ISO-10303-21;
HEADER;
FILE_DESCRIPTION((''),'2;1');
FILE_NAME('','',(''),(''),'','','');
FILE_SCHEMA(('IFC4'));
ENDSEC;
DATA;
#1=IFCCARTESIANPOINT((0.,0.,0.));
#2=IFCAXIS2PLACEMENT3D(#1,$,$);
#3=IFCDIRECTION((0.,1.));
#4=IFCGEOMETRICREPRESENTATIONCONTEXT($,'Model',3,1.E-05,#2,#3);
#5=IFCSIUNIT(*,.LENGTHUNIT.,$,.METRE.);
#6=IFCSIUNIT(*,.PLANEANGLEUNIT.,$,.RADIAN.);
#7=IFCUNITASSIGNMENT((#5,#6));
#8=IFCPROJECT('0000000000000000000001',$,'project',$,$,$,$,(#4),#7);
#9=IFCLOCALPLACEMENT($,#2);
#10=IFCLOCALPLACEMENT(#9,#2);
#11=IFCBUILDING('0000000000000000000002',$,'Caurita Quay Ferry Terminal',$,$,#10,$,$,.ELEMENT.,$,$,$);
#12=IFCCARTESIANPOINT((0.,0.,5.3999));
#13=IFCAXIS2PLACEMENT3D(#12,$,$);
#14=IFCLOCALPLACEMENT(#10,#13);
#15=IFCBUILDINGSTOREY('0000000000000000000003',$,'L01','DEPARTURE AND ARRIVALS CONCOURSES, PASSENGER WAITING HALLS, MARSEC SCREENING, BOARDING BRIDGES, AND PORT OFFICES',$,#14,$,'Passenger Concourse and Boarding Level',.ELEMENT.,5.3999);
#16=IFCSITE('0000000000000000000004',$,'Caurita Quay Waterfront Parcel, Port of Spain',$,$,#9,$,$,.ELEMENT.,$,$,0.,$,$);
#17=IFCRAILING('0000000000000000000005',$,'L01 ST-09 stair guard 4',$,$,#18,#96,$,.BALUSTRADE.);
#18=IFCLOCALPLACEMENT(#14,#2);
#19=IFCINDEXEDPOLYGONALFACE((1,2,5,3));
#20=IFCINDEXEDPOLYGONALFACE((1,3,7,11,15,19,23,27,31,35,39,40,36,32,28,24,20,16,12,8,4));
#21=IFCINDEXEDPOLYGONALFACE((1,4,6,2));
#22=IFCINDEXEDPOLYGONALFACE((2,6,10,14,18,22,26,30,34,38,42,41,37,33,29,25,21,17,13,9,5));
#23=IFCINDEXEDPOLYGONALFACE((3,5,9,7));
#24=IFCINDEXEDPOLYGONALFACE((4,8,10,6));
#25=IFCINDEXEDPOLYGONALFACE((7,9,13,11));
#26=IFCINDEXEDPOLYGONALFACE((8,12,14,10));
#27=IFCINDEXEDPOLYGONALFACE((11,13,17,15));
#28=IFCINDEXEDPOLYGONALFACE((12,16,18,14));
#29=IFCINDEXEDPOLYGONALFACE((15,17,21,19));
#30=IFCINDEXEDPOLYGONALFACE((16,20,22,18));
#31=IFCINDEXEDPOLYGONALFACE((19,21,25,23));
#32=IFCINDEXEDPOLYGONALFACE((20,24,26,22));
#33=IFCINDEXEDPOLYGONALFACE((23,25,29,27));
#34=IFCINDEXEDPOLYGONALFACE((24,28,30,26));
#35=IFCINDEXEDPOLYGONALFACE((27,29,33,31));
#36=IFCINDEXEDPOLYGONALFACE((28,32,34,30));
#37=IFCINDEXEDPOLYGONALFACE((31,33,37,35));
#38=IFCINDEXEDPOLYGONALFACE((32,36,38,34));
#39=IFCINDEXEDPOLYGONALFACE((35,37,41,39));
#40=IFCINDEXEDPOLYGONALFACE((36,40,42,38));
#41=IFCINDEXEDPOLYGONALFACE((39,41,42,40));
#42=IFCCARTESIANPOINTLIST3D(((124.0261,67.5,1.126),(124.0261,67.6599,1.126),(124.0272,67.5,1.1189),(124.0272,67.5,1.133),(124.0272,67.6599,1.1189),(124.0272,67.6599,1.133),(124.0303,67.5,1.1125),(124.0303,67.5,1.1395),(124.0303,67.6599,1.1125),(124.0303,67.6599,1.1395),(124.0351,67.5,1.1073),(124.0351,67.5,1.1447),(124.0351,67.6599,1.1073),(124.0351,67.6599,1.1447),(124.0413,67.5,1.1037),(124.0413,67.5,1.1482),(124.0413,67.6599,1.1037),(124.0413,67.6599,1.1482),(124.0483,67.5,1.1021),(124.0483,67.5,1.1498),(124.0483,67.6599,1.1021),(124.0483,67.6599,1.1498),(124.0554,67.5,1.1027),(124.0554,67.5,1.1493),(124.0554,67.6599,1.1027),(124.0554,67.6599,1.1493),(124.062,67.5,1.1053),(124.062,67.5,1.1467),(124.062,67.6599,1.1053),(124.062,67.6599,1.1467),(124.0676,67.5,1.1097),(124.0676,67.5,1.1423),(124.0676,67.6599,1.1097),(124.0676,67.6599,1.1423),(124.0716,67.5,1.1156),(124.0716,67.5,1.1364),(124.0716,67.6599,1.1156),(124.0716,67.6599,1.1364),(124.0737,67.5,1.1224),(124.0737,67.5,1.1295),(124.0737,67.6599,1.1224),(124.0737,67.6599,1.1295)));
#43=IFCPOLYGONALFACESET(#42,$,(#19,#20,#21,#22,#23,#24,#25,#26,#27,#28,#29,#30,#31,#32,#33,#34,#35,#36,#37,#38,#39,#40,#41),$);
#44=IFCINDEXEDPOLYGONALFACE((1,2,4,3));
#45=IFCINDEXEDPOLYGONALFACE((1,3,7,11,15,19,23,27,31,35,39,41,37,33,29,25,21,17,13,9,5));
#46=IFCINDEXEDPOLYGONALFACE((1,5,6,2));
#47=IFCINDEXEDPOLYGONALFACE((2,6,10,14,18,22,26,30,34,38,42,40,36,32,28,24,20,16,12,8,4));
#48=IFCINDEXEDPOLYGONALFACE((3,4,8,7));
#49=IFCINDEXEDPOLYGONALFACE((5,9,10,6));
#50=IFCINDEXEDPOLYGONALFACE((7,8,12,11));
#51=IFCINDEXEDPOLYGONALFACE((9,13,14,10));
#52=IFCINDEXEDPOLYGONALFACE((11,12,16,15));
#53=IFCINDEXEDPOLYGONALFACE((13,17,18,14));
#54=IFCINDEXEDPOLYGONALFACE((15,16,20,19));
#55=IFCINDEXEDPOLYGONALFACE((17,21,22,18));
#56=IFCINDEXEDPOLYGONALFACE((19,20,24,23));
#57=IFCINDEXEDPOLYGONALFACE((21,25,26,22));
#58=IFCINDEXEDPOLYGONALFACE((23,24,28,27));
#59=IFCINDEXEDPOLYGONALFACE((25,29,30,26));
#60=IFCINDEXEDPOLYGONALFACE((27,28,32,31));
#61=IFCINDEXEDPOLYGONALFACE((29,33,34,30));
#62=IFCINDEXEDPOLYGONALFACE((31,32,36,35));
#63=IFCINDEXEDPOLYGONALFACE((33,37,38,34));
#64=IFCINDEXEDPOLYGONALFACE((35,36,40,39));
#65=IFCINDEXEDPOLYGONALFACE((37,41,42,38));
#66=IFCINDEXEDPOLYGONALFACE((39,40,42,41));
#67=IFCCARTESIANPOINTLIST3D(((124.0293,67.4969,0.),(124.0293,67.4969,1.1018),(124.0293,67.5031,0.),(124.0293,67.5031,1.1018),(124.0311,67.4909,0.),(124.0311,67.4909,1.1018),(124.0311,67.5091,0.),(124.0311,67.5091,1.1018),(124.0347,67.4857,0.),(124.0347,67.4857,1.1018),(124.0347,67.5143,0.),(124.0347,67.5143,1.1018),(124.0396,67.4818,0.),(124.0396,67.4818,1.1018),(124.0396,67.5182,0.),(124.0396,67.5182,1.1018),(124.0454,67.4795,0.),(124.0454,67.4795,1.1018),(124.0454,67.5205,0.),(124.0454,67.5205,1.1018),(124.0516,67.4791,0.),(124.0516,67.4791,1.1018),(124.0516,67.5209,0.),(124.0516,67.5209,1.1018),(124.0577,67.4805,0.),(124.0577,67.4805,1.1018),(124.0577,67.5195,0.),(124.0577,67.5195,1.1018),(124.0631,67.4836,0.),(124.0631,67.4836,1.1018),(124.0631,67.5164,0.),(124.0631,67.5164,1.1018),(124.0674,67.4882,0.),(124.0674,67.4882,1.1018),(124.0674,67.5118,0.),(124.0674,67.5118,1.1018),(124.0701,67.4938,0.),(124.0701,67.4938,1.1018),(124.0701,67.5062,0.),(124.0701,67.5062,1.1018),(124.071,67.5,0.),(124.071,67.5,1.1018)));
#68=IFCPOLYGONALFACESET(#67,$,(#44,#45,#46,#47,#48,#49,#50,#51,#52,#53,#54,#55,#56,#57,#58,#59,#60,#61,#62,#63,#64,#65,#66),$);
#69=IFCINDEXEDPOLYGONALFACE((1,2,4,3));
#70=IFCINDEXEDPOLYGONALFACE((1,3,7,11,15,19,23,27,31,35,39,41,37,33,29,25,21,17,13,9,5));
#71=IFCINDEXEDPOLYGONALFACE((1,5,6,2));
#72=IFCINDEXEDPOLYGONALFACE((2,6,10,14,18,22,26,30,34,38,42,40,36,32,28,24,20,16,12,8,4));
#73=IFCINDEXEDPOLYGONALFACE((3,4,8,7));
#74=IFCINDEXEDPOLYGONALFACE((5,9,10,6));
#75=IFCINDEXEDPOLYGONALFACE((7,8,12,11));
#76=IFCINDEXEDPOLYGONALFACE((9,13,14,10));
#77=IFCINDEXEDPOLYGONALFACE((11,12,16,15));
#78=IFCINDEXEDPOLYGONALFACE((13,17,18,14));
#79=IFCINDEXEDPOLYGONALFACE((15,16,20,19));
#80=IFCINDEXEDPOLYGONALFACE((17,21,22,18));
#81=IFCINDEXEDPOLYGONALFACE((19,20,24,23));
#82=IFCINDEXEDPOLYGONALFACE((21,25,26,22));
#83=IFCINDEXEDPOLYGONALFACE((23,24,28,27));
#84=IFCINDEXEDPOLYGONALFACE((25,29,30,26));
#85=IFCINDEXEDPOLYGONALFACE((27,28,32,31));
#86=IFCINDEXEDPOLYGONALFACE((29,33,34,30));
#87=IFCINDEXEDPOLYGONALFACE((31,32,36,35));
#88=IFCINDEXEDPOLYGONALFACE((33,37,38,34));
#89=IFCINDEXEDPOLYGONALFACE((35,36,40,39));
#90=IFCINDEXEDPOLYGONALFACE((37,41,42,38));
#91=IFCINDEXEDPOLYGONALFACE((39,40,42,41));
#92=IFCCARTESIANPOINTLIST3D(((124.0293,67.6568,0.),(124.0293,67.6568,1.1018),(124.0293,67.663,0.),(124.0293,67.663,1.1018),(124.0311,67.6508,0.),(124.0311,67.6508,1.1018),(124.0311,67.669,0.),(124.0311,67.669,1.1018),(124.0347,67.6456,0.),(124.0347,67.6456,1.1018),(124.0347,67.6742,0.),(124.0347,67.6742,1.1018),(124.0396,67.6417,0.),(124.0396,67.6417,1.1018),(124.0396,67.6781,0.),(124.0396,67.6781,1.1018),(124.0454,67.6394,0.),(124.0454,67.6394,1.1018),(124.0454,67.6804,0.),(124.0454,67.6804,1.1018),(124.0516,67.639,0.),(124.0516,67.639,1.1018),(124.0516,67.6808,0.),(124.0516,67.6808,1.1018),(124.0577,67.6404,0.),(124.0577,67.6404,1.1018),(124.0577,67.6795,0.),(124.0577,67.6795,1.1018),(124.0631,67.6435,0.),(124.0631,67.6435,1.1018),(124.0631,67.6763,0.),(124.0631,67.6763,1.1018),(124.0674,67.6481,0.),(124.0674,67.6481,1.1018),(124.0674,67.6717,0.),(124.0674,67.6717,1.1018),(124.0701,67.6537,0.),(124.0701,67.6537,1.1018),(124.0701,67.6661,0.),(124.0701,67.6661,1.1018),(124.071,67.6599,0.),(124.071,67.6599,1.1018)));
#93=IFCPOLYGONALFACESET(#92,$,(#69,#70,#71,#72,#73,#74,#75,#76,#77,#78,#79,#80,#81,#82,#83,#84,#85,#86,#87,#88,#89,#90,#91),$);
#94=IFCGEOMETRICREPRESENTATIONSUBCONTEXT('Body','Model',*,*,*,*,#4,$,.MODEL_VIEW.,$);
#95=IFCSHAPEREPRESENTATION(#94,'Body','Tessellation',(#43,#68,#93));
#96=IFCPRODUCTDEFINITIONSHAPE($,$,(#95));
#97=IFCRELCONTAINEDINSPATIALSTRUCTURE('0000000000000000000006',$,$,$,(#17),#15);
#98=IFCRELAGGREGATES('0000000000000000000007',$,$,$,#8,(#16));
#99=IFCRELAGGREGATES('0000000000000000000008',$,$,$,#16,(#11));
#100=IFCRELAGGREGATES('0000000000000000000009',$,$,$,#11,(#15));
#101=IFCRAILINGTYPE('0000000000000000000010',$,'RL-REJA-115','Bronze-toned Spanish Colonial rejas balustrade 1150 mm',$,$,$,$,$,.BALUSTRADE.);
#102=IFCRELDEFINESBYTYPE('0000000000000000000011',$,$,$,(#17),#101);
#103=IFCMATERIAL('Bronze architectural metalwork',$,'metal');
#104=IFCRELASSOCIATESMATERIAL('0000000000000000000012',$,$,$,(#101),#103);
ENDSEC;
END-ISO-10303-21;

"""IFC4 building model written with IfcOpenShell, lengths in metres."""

from ifc_helpers import new_model, si_unit, direction, frame, origin, origin_2d, place, context, subcontext, project, spatial, circle, extrude, material, type_object, element, save


model = new_model("IFC4")

# Units and contexts
model_context = context("Model", 3, precision=1e-05, world=origin(), true_north=direction((0.0, 1.0)))
body_context = subcontext(model_context, "Body", "Model", "MODEL_VIEW")
ifc_project = project(units=[si_unit("LENGTHUNIT", "METRE"), si_unit("PLANEANGLEUNIT", "RADIAN")], contexts=[model_context])

# Site, building, storey
site_placement = place(None, origin())
site = spatial("IfcSite", under=ifc_project, at=site_placement, Name="Caurita Quay Waterfront Parcel, Port of Spain", CompositionType="ELEMENT", RefElevation=0.0)
building_placement = place(site_placement, origin())
building = spatial("IfcBuilding", under=site, at=building_placement, Name="Caurita Quay Ferry Terminal", CompositionType="ELEMENT")
storey_placement = place(building_placement, frame((0.0, 0.0, 5.3999)))
storey = spatial("IfcBuildingStorey", under=building, at=storey_placement, Name="L01", Description="DEPARTURE AND ARRIVALS CONCOURSES, PASSENGER WAITING HALLS, MARSEC SCREENING, BOARDING BRIDGES, AND PORT OFFICES", LongName="Passenger Concourse and Boarding Level", CompositionType="ELEMENT", Elevation=5.3999)

# Railing
ifc_material_1 = material(Name="Bronze architectural metalwork", Category="metal")
railing_type_1 = type_object("IfcRailingType", Name="RL-REJA-115", Description="Bronze-toned Spanish Colonial rejas balustrade 1150 mm", PredefinedType="BALUSTRADE", material=ifc_material_1)
railing_1_placement = place(storey_placement, frame((124.05, 67.5, 0.0)))
element("IfcRailing", 1, at=railing_1_placement, inside=storey, type_object=railing_type_1, Name="L01 ST-09 stair guard 4", PredefinedType="BALUSTRADE", context=body_context, shape_type="SweptSolid", body=[
    extrude(circle(Radius=0.0239, at=origin_2d()), frame((0.0, 0.0, 1.126), z_axis=(0.0, 1.0, 0.0), x_axis=(-1.0, 0.0, 0.0)), (0.0, 0.0, 1.0), 0.1599),
    extrude(circle(Radius=0.021, at=origin_2d()), origin(), (0.0, 0.0, 1.0), 1.1018),
    extrude(circle(Radius=0.021, at=origin_2d()), frame((0.0, 0.1599, 0.0)), (0.0, 0.0, 1.0), 1.1018),
])

save(model, "model.ifc")
